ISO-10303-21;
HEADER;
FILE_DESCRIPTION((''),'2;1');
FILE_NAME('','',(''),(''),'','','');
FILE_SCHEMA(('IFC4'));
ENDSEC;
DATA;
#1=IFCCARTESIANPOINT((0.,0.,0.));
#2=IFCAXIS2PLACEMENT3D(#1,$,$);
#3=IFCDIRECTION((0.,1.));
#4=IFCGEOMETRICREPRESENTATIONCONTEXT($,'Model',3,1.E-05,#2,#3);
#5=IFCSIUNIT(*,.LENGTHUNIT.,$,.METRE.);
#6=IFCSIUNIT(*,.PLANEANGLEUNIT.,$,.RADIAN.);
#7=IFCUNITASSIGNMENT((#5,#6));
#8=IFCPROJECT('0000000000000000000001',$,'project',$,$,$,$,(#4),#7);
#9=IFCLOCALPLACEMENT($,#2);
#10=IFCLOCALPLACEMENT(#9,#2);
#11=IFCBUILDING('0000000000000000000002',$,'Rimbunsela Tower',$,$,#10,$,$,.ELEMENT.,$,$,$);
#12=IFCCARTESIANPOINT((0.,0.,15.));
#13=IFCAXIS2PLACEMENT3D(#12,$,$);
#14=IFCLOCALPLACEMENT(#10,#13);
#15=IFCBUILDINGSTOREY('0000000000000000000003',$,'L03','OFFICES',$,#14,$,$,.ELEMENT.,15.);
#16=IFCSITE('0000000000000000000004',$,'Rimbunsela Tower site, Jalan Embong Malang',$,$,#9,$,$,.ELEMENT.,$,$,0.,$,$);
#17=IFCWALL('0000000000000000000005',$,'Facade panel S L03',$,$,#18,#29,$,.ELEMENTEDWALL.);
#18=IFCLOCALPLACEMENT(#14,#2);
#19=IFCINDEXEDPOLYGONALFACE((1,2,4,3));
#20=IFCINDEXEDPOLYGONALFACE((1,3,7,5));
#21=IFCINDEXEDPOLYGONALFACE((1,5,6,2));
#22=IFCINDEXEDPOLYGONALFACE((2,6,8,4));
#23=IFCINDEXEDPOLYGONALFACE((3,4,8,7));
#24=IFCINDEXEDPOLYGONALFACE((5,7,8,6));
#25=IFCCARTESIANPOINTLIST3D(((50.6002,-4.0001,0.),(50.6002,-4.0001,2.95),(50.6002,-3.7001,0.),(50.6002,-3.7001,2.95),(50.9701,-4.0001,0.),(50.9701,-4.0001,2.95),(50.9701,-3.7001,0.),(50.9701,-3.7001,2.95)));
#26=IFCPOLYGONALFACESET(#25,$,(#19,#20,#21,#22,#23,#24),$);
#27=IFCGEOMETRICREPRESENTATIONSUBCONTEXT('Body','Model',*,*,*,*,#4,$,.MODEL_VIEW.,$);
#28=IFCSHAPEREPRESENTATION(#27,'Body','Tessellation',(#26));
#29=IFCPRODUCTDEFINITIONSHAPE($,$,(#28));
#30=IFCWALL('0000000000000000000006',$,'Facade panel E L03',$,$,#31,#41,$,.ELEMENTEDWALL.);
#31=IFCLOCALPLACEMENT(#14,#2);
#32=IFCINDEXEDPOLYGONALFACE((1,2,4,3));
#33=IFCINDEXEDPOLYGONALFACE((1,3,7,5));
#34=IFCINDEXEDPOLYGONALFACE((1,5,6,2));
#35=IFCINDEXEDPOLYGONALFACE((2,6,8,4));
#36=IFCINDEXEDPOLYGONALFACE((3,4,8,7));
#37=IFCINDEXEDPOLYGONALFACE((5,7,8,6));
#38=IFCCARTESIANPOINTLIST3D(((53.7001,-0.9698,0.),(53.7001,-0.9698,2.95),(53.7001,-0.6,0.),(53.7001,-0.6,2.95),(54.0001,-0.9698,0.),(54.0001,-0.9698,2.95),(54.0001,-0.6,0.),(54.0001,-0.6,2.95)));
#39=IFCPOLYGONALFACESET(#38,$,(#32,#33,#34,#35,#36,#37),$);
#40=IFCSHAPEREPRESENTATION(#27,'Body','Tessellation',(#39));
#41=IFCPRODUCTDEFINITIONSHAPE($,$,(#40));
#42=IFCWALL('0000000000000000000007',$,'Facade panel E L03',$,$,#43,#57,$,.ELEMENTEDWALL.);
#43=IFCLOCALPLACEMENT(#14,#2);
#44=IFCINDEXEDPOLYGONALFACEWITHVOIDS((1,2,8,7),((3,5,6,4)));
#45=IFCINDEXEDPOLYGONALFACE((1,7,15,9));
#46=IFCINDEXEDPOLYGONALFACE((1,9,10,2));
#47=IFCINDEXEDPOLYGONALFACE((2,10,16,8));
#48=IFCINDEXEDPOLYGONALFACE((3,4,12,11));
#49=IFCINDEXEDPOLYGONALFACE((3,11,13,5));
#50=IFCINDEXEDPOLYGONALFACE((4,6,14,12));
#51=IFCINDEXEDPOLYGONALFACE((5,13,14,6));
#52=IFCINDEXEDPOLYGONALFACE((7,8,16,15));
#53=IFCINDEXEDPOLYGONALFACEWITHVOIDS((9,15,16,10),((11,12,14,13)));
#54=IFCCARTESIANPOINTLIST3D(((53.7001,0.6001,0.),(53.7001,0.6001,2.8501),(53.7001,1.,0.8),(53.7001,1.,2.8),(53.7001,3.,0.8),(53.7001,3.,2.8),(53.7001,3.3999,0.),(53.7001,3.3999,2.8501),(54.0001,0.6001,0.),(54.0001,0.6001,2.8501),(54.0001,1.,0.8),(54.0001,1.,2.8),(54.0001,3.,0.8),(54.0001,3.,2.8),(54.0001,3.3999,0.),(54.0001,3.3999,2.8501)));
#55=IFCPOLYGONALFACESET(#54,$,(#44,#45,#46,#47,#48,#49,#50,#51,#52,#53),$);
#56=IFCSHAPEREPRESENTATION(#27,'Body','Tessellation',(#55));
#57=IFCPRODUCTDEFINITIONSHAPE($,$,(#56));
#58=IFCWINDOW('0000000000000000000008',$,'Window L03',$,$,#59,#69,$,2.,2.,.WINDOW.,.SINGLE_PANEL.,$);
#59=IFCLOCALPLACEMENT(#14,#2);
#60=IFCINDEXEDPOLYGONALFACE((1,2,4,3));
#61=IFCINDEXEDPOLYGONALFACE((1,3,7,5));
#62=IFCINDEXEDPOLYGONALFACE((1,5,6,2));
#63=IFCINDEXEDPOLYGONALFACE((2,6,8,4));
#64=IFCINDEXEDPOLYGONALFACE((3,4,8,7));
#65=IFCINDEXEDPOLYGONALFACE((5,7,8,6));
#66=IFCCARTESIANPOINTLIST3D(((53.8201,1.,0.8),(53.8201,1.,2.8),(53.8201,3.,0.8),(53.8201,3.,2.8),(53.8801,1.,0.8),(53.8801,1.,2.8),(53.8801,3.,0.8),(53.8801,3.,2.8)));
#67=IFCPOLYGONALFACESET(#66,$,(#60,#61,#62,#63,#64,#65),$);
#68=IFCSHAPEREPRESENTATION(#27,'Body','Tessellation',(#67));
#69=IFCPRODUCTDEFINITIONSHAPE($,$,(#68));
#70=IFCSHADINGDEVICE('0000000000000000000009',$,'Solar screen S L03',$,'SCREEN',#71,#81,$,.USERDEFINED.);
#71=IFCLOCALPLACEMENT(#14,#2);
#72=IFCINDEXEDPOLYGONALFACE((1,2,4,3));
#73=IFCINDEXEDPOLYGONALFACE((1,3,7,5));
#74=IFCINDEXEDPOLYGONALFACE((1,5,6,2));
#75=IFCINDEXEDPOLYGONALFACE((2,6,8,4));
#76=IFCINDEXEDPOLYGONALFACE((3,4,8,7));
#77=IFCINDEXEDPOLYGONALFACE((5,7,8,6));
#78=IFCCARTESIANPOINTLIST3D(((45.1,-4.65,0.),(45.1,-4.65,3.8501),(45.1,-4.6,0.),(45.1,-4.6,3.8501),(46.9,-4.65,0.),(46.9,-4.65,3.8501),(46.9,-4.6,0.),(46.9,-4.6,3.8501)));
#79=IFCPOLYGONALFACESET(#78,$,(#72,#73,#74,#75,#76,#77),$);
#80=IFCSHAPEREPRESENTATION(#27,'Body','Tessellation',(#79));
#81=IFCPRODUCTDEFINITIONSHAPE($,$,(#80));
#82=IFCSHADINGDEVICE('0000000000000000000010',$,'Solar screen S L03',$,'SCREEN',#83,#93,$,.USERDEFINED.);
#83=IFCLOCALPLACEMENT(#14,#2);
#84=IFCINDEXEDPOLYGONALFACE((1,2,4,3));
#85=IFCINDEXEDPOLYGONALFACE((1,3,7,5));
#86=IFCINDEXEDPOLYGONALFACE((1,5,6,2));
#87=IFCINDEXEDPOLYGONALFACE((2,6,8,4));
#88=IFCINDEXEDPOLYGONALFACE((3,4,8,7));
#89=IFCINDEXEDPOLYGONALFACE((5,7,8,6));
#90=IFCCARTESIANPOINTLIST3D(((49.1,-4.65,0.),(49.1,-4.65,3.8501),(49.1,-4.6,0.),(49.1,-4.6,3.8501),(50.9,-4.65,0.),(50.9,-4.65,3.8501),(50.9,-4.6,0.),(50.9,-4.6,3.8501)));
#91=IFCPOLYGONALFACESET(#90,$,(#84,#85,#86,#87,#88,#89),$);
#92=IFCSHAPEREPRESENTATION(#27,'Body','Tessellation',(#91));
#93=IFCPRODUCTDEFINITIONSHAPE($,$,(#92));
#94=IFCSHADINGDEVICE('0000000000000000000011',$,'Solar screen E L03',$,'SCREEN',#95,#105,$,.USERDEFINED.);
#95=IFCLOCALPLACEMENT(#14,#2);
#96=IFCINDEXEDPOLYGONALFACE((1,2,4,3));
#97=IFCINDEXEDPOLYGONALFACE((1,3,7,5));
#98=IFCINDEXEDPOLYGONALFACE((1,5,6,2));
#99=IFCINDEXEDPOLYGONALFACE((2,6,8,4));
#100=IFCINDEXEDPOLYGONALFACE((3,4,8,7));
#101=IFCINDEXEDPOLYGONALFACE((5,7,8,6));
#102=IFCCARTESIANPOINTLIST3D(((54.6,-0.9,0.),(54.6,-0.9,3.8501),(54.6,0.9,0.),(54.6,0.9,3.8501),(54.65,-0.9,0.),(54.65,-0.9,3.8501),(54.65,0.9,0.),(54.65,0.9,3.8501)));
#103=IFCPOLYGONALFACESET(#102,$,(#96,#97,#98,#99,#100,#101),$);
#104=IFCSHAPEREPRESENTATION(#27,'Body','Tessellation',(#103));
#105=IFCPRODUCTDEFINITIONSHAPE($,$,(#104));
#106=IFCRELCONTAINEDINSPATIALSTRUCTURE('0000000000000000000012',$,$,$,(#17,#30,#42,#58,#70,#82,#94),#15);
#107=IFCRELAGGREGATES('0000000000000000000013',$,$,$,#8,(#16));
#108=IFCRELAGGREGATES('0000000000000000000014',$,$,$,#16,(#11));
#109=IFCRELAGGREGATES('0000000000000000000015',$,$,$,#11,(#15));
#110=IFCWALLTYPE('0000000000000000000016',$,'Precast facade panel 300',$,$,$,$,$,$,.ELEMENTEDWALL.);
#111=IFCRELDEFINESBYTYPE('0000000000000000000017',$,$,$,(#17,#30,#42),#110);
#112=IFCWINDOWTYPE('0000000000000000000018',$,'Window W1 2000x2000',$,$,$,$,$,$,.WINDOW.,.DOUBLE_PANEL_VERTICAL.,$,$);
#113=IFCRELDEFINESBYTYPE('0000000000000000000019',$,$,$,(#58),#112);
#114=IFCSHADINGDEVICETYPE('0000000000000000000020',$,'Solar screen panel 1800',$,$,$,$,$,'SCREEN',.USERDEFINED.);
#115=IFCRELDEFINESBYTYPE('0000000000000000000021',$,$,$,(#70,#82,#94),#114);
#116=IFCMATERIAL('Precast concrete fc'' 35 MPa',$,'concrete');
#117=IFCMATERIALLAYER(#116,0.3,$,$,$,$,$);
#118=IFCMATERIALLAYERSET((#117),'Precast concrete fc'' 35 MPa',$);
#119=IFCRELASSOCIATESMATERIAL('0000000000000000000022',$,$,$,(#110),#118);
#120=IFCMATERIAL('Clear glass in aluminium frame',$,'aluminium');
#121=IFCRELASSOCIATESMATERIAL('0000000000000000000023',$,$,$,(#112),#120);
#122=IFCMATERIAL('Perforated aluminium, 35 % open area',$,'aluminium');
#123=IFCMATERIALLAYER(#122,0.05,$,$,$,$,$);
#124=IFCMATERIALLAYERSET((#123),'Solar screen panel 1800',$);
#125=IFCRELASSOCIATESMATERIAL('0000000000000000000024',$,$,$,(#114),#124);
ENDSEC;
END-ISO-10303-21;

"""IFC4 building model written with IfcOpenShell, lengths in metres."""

from ifc_helpers import new_model, si_unit, direction, frame, frame_2d, origin, origin_2d, place, context, subcontext, project, spatial, rectangle, extrude, material, layer, layer_set, type_object, element, fill, save


model = new_model("IFC4")

# Units and contexts
model_context = context("Model", 3, precision=1e-05, world=origin(), true_north=direction((0.0, 1.0)))
body_context = subcontext(model_context, "Body", "Model", "MODEL_VIEW")
ifc_project = project(units=[si_unit("LENGTHUNIT", "METRE"), si_unit("PLANEANGLEUNIT", "RADIAN")], contexts=[model_context])

# Site, building, storey
site_placement = place(None, origin())
site = spatial("IfcSite", under=ifc_project, at=site_placement, Name="Rimbunsela Tower site, Jalan Embong Malang", CompositionType="ELEMENT", RefElevation=0.0)
building_placement = place(site_placement, origin())
building = spatial("IfcBuilding", under=site, at=building_placement, Name="Rimbunsela Tower", CompositionType="ELEMENT")
storey_placement = place(building_placement, frame((0.0, 0.0, 15.0)))
storey = spatial("IfcBuildingStorey", under=building, at=storey_placement, Name="L03", Description="OFFICES", CompositionType="ELEMENT", Elevation=15.0)

# Shared definitions
ifc_material_1 = material(Name="Precast concrete fc' 35 MPa", Category="concrete")
ifc_layer_1 = layer(ifc_material_1, 0.3)
ifc_layer_set_1 = layer_set([ifc_layer_1], Name="Precast concrete fc' 35 MPa")
wall_type = type_object("IfcWallType", Name="Precast facade panel 300", PredefinedType="ELEMENTEDWALL", material=ifc_layer_set_1)
ifc_material_2 = material(Name="Clear glass in aluminium frame", Category="aluminium")
window_type = type_object("IfcWindowType", Name="Window W1 2000x2000", PartitioningType="DOUBLE_PANEL_VERTICAL", PredefinedType="WINDOW", material=ifc_material_2)

# Walls
for number, where, z_axis, x_axis, name in (
    (1, (50.6001, -3.8501, 0.0), (0.0, 0.0, 1.0), (1.0, 0.0, 0.0), "Facade panel S L03"),
    (2, (53.8501, -0.97, 0.0), (0.0, 0.0, 1.0), (0.0, 1.0, 0.0), "Facade panel E L03"),
):
    element("IfcWall", number, at=place(storey_placement, frame(where, z_axis=z_axis, x_axis=x_axis)), inside=storey, type_object=wall_type, Name=name, PredefinedType="ELEMENTEDWALL", context=body_context, shape_type="SweptSolid", body=[
        extrude(rectangle(XDim=0.3699, YDim=0.3, at=frame_2d((0.1851, 0.0))), origin(), (0.0, 0.0, 1.0), 2.95),
    ])

# Wall, opening, window
wall_1_placement = place(storey_placement, frame((53.8501, 0.6001, 0.0), z_axis=(0.0, 0.0, 1.0), x_axis=(0.0, 1.0, 0.0)))
wall_1 = element("IfcWall", 3, at=wall_1_placement, inside=storey, type_object=wall_type, Name="Facade panel E L03", PredefinedType="ELEMENTEDWALL", context=body_context, shape_type="SweptSolid", body=[
    extrude(rectangle(XDim=2.7998, YDim=0.3, at=frame_2d((1.3999, 0.0))), origin(), (0.0, 0.0, 1.0), 2.8501),
])
opening_1_placement = place(wall_1_placement, frame((0.3999, 0.0, 0.8)))
opening_1 = element("IfcOpeningElement", 4, at=opening_1_placement, cuts=wall_1, PredefinedType="OPENING", context=body_context, shape_type="SweptSolid", body=[
    extrude(rectangle(XDim=2.0, YDim=2.0, at=frame_2d((1.0, 1.0))), frame((0.0, 0.1599, 0.0), z_axis=(0.0, -1.0, 0.0), x_axis=(1.0, 0.0, 0.0)), (0.0, 0.0, 1.0), 0.3201),
])
window_1_placement = place(opening_1_placement, origin())
window_1 = element("IfcWindow", 5, at=window_1_placement, inside=storey, type_object=window_type, Name="Window L03", OverallHeight=2.0, OverallWidth=2.0, PartitioningType="SINGLE_PANEL", PredefinedType="WINDOW", context=body_context, shape_type="SweptSolid", body=[
    extrude(rectangle(XDim=2.0, YDim=2.0, at=frame_2d((1.0, 1.0))), frame((0.0, 0.03, 0.0), z_axis=(0.0, -1.0, 0.0), x_axis=(1.0, 0.0, 0.0)), (0.0, 0.0, 1.0), 0.0601),
])
fill(opening_1, window_1)

# Shading devices
ifc_material_3 = material(Name="Perforated aluminium, 35 % open area", Category="aluminium")
ifc_layer_2 = layer(ifc_material_3, 0.05)
ifc_layer_set_2 = layer_set([ifc_layer_2], Name="Solar screen panel 1800")
shading_device_type = type_object("IfcShadingDeviceType", Name="Solar screen panel 1800", ElementType="SCREEN", PredefinedType="USERDEFINED", material=ifc_layer_set_2)
for number, where, z_axis, x_axis, name in (
    (6, (46.0, -4.625, 0.0), (0.0, 0.0, 1.0), (1.0, 0.0, 0.0), "Solar screen S L03"),
    (7, (50.0, -4.625, 0.0), (0.0, 0.0, 1.0), (1.0, 0.0, 0.0), "Solar screen S L03"),
    (8, (54.625, 0.0, 0.0), (0.0, 0.0, 1.0), (0.0, 1.0, 0.0), "Solar screen E L03"),
):
    element("IfcShadingDevice", number, at=place(storey_placement, frame(where, z_axis=z_axis, x_axis=x_axis)), inside=storey, type_object=shading_device_type, Name=name, ObjectType="SCREEN", PredefinedType="USERDEFINED", context=body_context, shape_type="SweptSolid", body=[
        extrude(rectangle(XDim=1.8, YDim=0.05, at=origin_2d()), origin(), (0.0, 0.0, 1.0), 3.8501),
    ])

save(model, "model.ifc")
